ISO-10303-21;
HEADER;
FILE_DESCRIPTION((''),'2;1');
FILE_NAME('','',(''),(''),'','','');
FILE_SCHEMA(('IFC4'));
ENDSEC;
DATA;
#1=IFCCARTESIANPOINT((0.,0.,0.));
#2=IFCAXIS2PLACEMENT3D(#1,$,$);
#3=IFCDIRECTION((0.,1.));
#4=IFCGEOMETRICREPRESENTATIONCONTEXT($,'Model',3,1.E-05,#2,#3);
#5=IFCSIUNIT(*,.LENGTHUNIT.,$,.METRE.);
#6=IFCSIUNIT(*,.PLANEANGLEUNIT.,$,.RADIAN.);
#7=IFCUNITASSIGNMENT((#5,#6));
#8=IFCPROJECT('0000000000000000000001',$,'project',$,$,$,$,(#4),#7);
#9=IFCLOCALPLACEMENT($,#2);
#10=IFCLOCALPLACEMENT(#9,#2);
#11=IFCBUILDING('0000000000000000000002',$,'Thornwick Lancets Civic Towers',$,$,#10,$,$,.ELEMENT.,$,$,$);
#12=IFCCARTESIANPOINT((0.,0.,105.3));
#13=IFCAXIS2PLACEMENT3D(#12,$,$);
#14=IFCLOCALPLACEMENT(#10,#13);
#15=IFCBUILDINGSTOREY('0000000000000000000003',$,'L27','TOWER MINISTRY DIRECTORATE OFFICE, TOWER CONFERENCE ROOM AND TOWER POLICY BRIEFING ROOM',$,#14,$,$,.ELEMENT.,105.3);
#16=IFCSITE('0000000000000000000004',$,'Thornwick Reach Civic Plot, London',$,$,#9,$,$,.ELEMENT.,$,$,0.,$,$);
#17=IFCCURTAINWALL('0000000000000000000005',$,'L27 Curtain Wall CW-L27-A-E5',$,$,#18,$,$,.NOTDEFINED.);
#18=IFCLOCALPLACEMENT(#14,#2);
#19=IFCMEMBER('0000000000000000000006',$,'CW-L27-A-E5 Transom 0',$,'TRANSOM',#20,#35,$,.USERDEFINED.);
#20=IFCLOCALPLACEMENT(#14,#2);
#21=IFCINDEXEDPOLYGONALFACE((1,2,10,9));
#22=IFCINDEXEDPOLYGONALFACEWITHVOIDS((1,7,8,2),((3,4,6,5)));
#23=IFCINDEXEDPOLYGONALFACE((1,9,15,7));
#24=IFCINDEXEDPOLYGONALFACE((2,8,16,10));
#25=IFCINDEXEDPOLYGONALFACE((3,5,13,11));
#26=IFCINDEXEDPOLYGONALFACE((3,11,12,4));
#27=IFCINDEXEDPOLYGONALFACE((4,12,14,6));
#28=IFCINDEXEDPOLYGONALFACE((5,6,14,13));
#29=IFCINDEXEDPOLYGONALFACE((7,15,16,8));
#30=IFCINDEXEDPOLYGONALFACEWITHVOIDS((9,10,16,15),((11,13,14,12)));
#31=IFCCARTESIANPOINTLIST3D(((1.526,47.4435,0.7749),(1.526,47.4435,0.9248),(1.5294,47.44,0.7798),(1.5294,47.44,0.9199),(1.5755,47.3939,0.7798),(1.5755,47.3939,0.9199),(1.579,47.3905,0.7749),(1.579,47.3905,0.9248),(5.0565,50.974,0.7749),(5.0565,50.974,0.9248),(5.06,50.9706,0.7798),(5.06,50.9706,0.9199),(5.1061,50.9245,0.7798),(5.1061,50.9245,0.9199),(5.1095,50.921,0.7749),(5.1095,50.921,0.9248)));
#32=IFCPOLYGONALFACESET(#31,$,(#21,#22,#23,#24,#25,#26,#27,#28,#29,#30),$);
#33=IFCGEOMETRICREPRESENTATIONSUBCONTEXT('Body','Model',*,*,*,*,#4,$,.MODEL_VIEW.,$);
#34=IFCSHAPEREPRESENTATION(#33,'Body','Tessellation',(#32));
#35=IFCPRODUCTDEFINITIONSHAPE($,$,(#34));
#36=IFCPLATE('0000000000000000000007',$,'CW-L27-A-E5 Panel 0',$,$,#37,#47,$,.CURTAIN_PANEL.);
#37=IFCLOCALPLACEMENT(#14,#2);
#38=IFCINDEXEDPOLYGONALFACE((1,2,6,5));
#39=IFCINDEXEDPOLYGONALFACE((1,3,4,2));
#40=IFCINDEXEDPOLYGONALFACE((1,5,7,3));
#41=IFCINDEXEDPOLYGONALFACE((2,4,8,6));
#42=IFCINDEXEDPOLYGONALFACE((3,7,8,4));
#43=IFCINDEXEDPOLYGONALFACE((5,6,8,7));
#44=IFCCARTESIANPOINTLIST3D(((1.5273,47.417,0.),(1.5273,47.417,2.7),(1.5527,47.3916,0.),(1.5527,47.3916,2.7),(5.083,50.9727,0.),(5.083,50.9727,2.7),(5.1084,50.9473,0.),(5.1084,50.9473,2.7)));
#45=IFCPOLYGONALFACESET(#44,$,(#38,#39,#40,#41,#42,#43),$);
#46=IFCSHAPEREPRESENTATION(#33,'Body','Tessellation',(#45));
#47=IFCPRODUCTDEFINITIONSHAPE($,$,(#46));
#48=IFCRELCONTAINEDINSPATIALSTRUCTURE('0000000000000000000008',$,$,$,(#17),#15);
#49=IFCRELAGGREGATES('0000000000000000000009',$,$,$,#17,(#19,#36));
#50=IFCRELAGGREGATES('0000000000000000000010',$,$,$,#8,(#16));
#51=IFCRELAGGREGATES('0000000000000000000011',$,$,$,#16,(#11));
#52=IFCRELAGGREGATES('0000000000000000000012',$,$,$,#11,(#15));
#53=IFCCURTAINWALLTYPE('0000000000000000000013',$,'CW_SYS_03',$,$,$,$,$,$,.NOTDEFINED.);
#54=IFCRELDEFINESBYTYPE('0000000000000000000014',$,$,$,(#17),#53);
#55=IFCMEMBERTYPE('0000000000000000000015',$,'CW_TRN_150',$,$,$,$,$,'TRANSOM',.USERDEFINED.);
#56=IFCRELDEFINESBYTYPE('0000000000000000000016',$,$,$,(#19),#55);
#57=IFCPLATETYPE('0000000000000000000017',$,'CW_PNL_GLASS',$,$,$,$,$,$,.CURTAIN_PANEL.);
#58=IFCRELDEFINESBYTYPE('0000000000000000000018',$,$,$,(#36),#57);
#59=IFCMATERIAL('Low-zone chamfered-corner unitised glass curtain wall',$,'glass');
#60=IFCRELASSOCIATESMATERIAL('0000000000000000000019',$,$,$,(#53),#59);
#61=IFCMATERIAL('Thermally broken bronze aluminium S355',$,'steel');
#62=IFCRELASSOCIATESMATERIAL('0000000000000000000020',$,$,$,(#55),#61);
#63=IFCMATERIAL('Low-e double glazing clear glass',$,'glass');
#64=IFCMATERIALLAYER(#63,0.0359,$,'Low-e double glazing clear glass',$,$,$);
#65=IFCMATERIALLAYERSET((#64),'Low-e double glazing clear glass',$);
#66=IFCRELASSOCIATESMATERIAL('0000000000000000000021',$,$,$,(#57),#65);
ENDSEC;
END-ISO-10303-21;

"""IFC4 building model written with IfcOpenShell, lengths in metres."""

from ifc_helpers import new_model, si_unit, direction, frame, origin, origin_2d, place, context, subcontext, project, spatial, rectangle, hollow_rectangle, extrude, material, layer, layer_set, material_profile, profile_set, type_object, element, aggregate, save


model = new_model("IFC4")

# Units and contexts
model_context = context("Model", 3, precision=1e-05, world=origin(), true_north=direction((0.0, 1.0)))
body_context = subcontext(model_context, "Body", "Model", "MODEL_VIEW")
ifc_project = project(units=[si_unit("LENGTHUNIT", "METRE"), si_unit("PLANEANGLEUNIT", "RADIAN")], contexts=[model_context])

# Site, building, storey
site_placement = place(None, origin())
site = spatial("IfcSite", under=ifc_project, at=site_placement, Name="Thornwick Reach Civic Plot, London", CompositionType="ELEMENT", RefElevation=0.0)
building_placement = place(site_placement, origin())
building = spatial("IfcBuilding", under=site, at=building_placement, Name="Thornwick Lancets Civic Towers", CompositionType="ELEMENT")
storey_placement = place(building_placement, frame((0.0, 0.0, 105.3)))
storey = spatial("IfcBuildingStorey", under=building, at=storey_placement, Name="L27", Description="TOWER MINISTRY DIRECTORATE OFFICE, TOWER CONFERENCE ROOM AND TOWER POLICY BRIEFING ROOM", CompositionType="ELEMENT", Elevation=105.3)

# Curtain wall, member, plate
ifc_material_1 = material(Name="Low-zone chamfered-corner unitised glass curtain wall", Category="glass")
curtain_wall_type = type_object("IfcCurtainWallType", Name="CW_SYS_03", PredefinedType="NOTDEFINED", material=ifc_material_1)
curtain_wall_placement = place(storey_placement, origin())
curtain_wall = element("IfcCurtainWall", 1, at=curtain_wall_placement, inside=storey, type_object=curtain_wall_type, Name="L27 Curtain Wall CW-L27-A-E5", PredefinedType="NOTDEFINED")
ifc_material_2 = material(Name="Thermally broken bronze aluminium S355", Category="steel")
ifc_material_profile_1 = material_profile(ifc_material_2, hollow_rectangle(XDim=0.075, YDim=0.1499, WallThickness=0.0049, at=origin_2d()), Name="RHS 150x75x5")
ifc_profile_set_1 = profile_set([ifc_material_profile_1], Name="Thermally broken bronze aluminium S355")
member_type_1 = type_object("IfcMemberType", Name="CW_TRN_150", ElementType="TRANSOM", PredefinedType="USERDEFINED", material=ifc_profile_set_1)
member_1_placement = place(storey_placement, frame((5.083, 50.9475, 0.8499), z_axis=(-0.707107, -0.707107, 0.0), x_axis=(0.707107, -0.707107, 0.0)))
member_1 = element("IfcMember", 2, at=member_1_placement, type_object=member_type_1, Name="CW-L27-A-E5 Transom 0", ObjectType="TRANSOM", PredefinedType="USERDEFINED", context=body_context, shape_type="SweptSolid", body=[
    extrude(hollow_rectangle(XDim=0.075, YDim=0.1499, WallThickness=0.0049, at=origin_2d()), origin(), (0.0, 0.0, 1.0), 4.9929),
])
ifc_material_3 = material(Name="Low-e double glazing clear glass", Category="glass")
ifc_layer_1 = layer(ifc_material_3, 0.0359, Name="Low-e double glazing clear glass")
ifc_layer_set_1 = layer_set([ifc_layer_1], Name="Low-e double glazing clear glass")
plate_type = type_object("IfcPlateType", Name="CW_PNL_GLASS", PredefinedType="CURTAIN_PANEL", material=ifc_layer_set_1)
plate_placement = place(storey_placement, frame((3.3179, 49.1821, 0.0), z_axis=(0.0, 0.0, 1.0), x_axis=(-0.707107, -0.707107, 0.0)))
plate = element("IfcPlate", 3, at=plate_placement, type_object=plate_type, Name="CW-L27-A-E5 Panel 0", PredefinedType="CURTAIN_PANEL", context=body_context, shape_type="SweptSolid", body=[
    extrude(rectangle(XDim=5.0286, YDim=0.0359, at=origin_2d()), origin(), (0.0, 0.0, 1.0), 2.7),
])
aggregate(curtain_wall, [member_1, plate])

save(model, "model.ifc")
